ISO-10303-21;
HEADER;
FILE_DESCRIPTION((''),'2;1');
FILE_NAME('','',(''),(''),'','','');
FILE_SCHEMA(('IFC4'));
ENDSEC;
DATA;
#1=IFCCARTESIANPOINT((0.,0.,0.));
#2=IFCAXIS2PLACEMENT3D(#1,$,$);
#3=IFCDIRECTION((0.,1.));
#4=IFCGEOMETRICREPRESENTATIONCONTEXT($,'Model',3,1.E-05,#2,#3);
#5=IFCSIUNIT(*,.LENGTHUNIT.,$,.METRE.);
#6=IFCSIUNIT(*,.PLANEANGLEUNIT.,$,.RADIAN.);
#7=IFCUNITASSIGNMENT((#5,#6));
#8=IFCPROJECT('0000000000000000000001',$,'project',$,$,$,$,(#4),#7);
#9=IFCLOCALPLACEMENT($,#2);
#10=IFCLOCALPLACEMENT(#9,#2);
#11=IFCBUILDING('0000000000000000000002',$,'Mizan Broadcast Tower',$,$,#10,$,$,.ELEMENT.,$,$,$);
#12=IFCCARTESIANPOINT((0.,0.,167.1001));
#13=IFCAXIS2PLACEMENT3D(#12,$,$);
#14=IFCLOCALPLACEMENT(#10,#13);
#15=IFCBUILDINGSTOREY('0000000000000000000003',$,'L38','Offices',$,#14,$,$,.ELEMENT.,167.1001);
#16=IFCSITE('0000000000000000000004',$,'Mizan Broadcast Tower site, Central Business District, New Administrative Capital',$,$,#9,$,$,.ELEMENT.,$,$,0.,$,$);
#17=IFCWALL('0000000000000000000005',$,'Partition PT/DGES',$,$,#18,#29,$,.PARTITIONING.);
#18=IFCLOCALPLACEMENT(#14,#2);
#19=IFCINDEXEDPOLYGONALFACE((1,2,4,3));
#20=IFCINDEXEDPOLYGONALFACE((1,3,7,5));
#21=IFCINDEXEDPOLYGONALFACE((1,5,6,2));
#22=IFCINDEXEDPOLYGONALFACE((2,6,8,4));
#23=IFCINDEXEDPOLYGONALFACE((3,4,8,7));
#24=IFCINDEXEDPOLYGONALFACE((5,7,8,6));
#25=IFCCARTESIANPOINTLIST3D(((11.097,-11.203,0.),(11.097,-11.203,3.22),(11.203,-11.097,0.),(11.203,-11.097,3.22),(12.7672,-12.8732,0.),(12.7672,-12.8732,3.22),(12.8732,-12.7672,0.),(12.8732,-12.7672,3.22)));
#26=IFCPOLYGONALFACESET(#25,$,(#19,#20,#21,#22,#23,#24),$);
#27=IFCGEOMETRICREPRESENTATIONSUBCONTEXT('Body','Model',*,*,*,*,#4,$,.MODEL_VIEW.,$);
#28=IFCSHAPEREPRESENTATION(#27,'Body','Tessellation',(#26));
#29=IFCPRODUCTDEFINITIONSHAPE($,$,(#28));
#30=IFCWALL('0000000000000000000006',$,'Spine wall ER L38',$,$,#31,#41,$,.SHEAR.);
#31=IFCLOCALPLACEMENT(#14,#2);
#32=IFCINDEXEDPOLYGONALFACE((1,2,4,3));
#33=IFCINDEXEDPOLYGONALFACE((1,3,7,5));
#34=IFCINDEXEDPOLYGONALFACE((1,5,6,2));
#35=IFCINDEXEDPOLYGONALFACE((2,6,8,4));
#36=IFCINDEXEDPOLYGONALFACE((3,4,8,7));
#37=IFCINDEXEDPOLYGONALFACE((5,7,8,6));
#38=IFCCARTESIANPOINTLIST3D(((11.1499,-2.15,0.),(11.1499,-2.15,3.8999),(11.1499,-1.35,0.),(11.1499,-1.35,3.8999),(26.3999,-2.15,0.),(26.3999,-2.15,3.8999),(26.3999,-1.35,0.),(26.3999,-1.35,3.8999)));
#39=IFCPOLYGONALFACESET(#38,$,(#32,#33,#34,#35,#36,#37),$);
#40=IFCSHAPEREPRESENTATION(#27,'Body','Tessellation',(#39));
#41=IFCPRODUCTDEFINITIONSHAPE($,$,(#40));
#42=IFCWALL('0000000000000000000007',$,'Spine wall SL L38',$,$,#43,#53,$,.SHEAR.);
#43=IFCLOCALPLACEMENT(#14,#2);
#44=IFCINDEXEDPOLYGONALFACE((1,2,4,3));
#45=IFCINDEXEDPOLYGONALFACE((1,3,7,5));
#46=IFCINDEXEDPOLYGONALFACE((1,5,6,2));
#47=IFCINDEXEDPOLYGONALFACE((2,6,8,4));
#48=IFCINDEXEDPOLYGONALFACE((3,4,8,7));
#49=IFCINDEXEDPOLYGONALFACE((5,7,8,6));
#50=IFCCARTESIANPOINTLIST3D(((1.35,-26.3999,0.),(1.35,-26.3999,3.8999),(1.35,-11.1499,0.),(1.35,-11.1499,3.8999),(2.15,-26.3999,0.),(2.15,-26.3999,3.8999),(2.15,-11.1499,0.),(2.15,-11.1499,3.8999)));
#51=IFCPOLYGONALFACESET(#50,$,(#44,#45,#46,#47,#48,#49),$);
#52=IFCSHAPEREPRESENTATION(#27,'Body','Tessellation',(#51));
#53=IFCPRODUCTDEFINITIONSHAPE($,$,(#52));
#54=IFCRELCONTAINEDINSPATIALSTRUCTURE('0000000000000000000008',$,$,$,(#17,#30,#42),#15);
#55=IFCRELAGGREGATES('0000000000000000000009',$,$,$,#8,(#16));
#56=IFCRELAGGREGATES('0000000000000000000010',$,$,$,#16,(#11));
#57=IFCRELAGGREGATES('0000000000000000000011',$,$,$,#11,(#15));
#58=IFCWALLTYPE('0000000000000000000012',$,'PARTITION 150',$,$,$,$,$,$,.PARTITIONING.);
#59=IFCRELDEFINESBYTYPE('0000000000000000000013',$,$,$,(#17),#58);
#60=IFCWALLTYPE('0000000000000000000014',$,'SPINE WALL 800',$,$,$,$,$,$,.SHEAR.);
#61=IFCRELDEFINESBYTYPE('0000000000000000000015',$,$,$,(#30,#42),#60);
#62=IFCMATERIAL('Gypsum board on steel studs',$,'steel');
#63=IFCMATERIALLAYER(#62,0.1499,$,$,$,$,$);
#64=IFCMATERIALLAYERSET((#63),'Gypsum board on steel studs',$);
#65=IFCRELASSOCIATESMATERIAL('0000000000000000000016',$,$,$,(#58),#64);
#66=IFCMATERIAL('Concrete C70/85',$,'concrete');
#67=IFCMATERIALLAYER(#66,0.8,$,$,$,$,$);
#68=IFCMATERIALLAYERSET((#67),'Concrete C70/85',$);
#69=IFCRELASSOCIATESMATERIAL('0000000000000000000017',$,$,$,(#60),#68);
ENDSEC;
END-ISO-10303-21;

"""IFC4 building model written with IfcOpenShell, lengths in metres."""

from ifc_helpers import new_model, si_unit, direction, frame, frame_2d, origin, place, context, subcontext, project, spatial, rectangle, extrude, material, layer, layer_set, type_object, element, save


model = new_model("IFC4")

# Units and contexts
model_context = context("Model", 3, precision=1e-05, world=origin(), true_north=direction((0.0, 1.0)))
body_context = subcontext(model_context, "Body", "Model", "MODEL_VIEW")
ifc_project = project(units=[si_unit("LENGTHUNIT", "METRE"), si_unit("PLANEANGLEUNIT", "RADIAN")], contexts=[model_context])

# Site, building, storey
site_placement = place(None, origin())
site = spatial("IfcSite", under=ifc_project, at=site_placement, Name="Mizan Broadcast Tower site, Central Business District, New Administrative Capital", CompositionType="ELEMENT", RefElevation=0.0)
building_placement = place(site_placement, origin())
building = spatial("IfcBuilding", under=site, at=building_placement, Name="Mizan Broadcast Tower", CompositionType="ELEMENT")
storey_placement = place(building_placement, frame((0.0, 0.0, 167.1001)))
storey = spatial("IfcBuildingStorey", under=building, at=storey_placement, Name="L38", Description="Offices", CompositionType="ELEMENT", Elevation=167.1001)

# Walls
ifc_material_1 = material(Name="Gypsum board on steel studs", Category="steel")
ifc_layer_1 = layer(ifc_material_1, 0.1499)
ifc_layer_set_1 = layer_set([ifc_layer_1], Name="Gypsum board on steel studs")
wall_type_1 = type_object("IfcWallType", Name="PARTITION 150", PredefinedType="PARTITIONING", material=ifc_layer_set_1)
wall_1_placement = place(storey_placement, frame((11.1499, -11.1499, 0.0), z_axis=(0.0, 0.0, 1.0), x_axis=(0.707107, -0.707107, 0.0)))
element("IfcWall", 1, at=wall_1_placement, inside=storey, type_object=wall_type_1, Name="Partition PT/DGES", PredefinedType="PARTITIONING", context=body_context, shape_type="SweptSolid", body=[
    extrude(rectangle(XDim=2.3621, YDim=0.1499, at=frame_2d((1.1812, 0.0))), origin(), (0.0, 0.0, 1.0), 3.22),
])
ifc_material_2 = material(Name="Concrete C70/85", Category="concrete")
ifc_layer_2 = layer(ifc_material_2, 0.8)
ifc_layer_set_2 = layer_set([ifc_layer_2], Name="Concrete C70/85")
wall_type_2 = type_object("IfcWallType", Name="SPINE WALL 800", PredefinedType="SHEAR", material=ifc_layer_set_2)
for number, where, z_axis, x_axis, name in (
    (2, (11.1499, -1.75, 0.0), (0.0, 0.0, 1.0), (1.0, 0.0, 0.0), "Spine wall ER L38"),
    (3, (1.75, -11.1499, 0.0), (0.0, 0.0, 1.0), (0.0, -1.0, 0.0), "Spine wall SL L38"),
):
    element("IfcWall", number, at=place(storey_placement, frame(where, z_axis=z_axis, x_axis=x_axis)), inside=storey, type_object=wall_type_2, Name=name, PredefinedType="SHEAR", context=body_context, shape_type="SweptSolid", body=[
        extrude(rectangle(XDim=15.25, YDim=0.8, at=frame_2d((7.625, 0.0))), origin(), (0.0, 0.0, 1.0), 3.8999),
    ])

save(model, "model.ifc")
